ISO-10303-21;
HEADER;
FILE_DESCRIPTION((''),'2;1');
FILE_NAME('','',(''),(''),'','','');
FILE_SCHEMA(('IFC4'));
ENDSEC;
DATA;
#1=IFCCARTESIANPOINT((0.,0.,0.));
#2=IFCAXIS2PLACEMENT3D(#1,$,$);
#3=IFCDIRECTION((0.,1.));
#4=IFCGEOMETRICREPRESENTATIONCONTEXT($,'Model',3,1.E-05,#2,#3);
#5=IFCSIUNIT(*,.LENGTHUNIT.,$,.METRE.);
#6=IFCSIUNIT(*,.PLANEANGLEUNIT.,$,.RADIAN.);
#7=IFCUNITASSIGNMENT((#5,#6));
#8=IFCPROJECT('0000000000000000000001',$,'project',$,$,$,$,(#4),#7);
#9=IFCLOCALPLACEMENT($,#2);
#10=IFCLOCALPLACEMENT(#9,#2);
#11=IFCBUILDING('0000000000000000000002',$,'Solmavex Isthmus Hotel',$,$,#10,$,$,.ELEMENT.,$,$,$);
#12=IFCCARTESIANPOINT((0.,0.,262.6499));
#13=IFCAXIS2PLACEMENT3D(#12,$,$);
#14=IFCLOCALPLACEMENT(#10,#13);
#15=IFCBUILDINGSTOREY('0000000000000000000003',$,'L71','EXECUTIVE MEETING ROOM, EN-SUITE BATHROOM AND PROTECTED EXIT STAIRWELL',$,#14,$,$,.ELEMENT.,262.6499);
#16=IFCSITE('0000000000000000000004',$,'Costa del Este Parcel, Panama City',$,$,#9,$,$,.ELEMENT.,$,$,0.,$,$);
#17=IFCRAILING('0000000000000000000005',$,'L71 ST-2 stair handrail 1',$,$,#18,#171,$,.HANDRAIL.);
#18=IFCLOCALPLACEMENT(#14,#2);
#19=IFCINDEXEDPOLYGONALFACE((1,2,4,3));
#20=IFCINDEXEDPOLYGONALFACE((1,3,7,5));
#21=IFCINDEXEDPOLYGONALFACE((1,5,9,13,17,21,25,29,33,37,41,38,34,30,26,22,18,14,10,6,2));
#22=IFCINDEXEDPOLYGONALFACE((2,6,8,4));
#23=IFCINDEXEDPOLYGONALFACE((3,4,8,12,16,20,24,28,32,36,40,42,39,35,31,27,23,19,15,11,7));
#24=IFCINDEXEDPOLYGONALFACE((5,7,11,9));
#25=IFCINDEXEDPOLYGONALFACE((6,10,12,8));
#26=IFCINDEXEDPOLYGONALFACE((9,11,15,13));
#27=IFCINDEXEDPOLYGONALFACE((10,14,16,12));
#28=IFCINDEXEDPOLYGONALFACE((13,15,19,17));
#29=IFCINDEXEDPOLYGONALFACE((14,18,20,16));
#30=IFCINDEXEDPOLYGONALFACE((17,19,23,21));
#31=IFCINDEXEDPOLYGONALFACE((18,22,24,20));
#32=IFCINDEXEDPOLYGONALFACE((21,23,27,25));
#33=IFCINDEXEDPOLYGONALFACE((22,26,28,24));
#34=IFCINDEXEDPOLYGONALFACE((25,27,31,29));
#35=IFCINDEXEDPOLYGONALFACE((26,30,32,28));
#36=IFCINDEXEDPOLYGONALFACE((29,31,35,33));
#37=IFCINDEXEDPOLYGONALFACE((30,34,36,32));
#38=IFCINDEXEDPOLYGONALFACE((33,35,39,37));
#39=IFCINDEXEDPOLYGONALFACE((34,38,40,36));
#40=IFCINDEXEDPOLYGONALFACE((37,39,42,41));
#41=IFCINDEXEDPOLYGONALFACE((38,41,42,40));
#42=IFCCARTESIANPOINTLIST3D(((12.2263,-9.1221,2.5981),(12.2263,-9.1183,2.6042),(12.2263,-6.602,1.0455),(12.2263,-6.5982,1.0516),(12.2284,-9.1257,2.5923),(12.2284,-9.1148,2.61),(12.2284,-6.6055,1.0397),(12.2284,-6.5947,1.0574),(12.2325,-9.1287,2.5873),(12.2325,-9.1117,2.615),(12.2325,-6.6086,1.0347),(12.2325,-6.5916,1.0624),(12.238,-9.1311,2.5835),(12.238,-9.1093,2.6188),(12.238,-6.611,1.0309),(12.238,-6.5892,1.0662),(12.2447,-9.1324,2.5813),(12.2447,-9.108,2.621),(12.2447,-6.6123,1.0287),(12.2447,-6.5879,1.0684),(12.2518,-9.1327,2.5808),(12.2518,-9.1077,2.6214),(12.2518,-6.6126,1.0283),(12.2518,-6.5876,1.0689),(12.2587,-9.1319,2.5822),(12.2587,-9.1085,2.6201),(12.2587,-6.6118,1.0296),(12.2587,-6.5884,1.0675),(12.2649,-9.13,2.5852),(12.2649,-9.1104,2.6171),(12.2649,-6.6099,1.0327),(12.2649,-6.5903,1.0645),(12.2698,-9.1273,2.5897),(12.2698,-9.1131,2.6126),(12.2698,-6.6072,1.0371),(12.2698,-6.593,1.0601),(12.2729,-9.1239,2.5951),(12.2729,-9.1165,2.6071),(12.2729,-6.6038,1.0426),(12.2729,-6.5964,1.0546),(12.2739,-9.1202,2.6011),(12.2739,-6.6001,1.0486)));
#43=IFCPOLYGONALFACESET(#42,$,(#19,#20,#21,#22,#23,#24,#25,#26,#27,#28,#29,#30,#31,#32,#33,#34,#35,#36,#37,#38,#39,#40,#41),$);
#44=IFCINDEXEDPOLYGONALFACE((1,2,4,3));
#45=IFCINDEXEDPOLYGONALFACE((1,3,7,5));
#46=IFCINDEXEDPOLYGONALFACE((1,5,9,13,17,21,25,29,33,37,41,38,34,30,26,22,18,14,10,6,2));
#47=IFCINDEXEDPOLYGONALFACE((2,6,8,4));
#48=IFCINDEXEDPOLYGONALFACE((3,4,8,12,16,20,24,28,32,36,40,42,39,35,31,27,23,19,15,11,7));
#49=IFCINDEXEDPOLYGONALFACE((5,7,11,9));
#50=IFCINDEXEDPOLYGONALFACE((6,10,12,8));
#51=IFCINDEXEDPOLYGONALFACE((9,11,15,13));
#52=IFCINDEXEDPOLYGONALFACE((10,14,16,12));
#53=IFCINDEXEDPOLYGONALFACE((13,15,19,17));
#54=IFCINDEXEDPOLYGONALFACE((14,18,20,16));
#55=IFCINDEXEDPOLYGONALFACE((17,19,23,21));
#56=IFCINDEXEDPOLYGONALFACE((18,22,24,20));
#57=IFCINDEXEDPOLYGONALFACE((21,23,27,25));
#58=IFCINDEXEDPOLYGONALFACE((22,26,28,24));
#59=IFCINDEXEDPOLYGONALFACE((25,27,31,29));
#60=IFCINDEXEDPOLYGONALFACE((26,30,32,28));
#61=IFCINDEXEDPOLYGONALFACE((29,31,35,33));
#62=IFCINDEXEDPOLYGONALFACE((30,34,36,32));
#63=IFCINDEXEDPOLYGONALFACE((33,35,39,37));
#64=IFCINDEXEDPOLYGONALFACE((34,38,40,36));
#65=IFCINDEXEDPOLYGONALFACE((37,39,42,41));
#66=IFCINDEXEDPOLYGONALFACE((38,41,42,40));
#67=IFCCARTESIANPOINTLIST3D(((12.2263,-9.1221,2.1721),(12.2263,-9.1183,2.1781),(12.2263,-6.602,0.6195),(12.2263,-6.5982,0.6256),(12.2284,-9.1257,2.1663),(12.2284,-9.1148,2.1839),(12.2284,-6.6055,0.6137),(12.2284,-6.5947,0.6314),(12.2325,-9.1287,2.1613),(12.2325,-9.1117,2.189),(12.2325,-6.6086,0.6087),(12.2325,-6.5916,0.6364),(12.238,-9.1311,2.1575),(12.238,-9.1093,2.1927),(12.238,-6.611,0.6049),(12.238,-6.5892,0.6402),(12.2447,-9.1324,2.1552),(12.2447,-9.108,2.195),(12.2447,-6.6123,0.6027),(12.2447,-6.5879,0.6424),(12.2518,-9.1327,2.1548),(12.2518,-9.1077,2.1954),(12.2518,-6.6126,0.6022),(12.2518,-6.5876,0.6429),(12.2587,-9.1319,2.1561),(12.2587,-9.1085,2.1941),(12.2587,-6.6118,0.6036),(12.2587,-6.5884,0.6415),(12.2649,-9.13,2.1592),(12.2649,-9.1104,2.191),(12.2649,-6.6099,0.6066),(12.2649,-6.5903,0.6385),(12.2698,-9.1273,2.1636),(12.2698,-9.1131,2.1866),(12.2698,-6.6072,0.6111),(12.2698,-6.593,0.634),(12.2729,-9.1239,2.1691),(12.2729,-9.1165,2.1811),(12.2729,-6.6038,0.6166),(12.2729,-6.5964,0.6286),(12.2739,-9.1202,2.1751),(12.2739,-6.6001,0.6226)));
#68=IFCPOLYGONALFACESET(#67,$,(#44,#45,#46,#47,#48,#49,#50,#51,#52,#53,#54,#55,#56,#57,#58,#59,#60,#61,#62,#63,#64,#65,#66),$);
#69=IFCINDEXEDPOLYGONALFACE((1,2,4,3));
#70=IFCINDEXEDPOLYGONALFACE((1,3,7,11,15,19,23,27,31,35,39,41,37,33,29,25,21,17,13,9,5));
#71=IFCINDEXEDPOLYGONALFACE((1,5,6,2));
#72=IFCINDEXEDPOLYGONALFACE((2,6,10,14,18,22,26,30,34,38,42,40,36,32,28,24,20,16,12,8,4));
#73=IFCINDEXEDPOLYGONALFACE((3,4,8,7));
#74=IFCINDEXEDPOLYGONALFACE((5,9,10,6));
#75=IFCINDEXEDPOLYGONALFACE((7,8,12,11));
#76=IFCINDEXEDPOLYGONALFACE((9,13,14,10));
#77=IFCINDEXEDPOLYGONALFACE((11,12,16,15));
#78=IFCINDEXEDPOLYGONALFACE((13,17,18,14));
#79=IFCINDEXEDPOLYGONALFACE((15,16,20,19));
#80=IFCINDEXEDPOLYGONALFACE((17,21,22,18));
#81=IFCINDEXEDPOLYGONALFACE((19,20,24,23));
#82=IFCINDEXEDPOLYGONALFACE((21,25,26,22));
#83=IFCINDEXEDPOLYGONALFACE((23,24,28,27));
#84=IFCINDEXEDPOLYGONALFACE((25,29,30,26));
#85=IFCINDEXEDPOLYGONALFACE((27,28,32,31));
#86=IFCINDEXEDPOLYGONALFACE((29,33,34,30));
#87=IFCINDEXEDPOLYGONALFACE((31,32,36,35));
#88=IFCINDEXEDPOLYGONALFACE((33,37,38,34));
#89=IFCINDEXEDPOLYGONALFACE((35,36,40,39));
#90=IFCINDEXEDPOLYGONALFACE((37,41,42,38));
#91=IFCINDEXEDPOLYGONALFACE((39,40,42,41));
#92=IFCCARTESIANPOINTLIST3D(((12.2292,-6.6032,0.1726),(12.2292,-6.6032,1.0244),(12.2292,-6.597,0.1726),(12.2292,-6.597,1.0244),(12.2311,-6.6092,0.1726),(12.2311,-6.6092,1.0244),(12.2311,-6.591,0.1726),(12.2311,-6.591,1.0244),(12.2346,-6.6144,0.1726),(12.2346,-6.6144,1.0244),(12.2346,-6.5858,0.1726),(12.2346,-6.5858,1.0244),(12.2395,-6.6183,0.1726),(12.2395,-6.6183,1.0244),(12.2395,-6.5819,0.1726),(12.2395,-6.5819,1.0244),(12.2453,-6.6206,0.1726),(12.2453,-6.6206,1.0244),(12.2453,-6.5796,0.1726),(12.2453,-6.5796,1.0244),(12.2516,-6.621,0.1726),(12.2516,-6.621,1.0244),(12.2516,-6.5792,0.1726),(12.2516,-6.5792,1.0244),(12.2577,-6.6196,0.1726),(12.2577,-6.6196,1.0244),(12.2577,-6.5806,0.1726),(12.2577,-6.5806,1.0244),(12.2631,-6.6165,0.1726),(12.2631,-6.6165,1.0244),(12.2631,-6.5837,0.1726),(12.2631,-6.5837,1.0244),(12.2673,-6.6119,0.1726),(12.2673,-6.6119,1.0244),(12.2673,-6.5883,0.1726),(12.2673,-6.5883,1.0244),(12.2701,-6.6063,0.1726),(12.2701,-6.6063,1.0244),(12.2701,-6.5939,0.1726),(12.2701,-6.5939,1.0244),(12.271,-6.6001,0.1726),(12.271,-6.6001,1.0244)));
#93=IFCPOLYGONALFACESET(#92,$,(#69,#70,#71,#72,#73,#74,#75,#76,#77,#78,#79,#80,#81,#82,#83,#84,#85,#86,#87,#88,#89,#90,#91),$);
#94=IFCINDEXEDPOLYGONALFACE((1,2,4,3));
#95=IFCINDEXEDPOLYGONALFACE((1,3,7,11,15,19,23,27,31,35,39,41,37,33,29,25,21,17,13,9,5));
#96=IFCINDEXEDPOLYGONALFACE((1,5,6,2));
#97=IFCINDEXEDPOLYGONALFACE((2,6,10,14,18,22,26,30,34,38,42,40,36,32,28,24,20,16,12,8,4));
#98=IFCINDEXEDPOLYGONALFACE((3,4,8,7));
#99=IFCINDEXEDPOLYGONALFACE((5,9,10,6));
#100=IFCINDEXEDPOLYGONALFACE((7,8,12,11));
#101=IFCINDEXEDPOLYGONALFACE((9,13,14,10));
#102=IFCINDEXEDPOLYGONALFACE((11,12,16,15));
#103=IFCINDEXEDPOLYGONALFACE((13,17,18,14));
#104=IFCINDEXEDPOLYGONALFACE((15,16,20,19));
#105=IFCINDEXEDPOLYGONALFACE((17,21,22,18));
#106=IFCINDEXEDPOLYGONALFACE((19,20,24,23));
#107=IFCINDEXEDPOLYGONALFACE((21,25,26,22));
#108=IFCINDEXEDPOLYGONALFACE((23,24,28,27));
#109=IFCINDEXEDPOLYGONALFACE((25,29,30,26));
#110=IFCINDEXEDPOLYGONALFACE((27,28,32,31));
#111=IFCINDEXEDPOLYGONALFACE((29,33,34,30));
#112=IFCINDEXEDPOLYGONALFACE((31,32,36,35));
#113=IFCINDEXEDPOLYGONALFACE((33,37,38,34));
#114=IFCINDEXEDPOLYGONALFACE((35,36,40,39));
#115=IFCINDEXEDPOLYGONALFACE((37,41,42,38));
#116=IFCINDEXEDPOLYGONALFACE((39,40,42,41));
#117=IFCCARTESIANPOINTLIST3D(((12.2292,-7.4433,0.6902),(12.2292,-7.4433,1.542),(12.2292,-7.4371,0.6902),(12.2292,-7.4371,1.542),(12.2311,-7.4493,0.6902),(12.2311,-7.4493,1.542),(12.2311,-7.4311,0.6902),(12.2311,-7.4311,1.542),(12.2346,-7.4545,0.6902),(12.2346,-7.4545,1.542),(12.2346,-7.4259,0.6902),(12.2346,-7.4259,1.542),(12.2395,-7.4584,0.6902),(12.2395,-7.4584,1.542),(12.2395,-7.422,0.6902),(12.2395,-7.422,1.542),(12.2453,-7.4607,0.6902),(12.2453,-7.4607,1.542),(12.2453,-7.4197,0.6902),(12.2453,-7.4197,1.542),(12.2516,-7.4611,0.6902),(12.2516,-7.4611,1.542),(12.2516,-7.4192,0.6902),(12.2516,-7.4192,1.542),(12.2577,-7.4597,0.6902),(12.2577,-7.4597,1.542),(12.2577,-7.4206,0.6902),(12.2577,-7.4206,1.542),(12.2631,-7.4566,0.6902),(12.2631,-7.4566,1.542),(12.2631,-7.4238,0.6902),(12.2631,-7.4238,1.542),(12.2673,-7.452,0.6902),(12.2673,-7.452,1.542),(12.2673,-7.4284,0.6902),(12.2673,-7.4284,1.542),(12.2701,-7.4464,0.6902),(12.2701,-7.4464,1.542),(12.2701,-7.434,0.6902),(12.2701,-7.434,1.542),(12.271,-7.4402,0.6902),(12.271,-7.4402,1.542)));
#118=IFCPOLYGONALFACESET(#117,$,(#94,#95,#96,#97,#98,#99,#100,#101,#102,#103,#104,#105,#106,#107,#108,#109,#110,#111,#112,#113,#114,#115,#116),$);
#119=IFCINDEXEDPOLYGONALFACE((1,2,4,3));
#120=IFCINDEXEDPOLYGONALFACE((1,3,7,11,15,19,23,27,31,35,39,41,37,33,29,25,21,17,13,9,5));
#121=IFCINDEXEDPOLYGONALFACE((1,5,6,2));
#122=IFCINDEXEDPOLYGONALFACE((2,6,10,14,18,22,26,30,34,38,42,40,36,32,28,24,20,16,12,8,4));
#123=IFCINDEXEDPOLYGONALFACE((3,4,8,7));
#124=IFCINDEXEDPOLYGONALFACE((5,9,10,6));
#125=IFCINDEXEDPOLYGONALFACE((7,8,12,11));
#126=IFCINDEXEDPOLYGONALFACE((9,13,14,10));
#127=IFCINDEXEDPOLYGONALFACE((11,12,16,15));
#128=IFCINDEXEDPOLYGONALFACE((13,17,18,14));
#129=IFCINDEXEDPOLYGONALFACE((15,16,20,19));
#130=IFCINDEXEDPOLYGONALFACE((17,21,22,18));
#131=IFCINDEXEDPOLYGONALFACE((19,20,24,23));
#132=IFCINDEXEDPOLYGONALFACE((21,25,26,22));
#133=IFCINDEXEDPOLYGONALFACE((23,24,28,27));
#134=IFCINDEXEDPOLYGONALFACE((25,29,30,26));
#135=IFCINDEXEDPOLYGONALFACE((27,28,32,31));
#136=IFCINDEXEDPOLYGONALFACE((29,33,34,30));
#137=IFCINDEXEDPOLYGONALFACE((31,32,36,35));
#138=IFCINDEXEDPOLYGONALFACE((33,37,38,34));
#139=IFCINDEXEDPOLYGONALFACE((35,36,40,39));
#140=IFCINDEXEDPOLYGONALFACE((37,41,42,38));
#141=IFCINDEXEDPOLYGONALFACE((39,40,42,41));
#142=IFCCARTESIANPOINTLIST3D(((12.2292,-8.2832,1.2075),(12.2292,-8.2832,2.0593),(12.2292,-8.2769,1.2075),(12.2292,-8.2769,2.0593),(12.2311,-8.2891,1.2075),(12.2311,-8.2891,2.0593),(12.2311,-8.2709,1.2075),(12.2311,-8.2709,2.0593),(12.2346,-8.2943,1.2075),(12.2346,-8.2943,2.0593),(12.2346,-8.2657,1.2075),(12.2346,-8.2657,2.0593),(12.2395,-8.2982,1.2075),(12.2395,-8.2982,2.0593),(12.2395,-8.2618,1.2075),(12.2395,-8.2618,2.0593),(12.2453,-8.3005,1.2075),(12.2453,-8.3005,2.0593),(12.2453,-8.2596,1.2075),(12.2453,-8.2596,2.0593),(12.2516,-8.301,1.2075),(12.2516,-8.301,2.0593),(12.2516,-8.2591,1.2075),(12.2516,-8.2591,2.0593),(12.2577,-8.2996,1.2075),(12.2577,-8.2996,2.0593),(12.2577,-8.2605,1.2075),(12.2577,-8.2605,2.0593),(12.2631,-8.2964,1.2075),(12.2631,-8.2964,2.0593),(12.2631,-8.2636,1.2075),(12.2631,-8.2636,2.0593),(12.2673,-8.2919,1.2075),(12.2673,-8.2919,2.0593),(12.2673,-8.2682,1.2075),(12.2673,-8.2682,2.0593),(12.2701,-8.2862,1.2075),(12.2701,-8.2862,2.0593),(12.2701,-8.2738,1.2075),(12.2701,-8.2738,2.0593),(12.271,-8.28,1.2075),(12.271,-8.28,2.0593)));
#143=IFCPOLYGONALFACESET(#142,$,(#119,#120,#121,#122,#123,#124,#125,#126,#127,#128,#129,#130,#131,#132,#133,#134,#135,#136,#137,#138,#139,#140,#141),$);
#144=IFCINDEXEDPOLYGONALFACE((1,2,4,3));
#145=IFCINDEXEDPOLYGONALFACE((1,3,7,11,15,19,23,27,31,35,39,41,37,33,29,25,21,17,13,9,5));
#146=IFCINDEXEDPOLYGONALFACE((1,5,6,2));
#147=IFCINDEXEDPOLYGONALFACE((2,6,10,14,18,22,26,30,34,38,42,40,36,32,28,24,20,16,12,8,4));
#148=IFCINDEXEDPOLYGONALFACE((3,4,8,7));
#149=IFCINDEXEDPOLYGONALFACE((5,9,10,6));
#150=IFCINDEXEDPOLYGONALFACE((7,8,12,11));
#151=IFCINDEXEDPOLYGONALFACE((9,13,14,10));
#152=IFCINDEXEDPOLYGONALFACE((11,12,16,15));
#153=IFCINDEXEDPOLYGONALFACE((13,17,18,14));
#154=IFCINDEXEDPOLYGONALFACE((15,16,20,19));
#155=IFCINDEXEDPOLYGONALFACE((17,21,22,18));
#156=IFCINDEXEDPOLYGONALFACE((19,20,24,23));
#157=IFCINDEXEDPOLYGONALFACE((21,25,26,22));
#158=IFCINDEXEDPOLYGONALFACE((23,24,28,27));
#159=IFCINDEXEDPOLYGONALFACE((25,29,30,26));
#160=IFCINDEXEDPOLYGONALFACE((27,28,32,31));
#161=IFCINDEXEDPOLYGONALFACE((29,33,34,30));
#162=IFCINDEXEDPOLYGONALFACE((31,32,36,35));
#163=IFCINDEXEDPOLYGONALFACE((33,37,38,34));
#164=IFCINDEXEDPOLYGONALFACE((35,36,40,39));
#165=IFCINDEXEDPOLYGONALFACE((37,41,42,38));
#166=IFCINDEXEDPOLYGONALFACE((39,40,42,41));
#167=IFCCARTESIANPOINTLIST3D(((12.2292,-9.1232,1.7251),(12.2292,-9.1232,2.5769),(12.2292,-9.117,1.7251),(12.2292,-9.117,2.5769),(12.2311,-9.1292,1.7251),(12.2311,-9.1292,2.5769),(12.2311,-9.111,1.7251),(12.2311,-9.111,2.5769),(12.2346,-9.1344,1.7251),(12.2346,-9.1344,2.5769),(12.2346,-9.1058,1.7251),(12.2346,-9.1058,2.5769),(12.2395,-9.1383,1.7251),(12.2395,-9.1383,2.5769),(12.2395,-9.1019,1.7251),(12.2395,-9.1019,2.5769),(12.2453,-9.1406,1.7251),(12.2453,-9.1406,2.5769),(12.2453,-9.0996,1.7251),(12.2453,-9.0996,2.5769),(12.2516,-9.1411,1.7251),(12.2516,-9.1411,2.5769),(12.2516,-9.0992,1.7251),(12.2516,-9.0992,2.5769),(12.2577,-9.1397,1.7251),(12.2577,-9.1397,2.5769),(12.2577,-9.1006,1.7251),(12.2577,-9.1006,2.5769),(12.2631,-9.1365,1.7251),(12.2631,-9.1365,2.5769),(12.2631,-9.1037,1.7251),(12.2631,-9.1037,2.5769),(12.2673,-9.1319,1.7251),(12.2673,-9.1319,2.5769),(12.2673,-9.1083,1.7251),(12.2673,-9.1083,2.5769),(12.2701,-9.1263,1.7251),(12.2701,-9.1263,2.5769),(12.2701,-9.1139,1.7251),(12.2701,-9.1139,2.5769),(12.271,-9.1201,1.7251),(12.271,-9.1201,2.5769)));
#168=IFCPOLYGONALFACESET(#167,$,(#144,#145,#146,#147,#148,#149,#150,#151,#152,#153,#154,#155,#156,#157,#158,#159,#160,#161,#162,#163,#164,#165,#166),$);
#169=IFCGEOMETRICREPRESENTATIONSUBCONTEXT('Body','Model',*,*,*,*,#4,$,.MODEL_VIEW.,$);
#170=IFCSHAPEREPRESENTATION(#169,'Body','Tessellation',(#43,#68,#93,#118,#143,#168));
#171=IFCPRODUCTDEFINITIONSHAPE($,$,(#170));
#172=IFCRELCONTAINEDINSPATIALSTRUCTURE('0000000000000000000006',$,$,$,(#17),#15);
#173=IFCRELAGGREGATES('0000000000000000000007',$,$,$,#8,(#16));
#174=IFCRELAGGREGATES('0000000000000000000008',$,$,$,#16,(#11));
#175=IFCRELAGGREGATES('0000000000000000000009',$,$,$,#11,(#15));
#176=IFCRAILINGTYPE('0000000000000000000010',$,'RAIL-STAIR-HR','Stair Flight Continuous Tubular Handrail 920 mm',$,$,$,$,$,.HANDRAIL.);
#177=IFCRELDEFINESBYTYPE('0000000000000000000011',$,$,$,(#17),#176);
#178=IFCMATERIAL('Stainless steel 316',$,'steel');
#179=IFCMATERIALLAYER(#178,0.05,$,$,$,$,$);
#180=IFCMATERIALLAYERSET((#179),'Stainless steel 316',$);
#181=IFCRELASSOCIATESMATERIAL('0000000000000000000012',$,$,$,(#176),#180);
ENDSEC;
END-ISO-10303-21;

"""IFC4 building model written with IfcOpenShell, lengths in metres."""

from ifc_helpers import new_model, si_unit, direction, frame, origin, origin_2d, place, context, subcontext, project, spatial, circle, extrude, material, layer, layer_set, type_object, element, save


model = new_model("IFC4")

# Units and contexts
model_context = context("Model", 3, precision=1e-05, world=origin(), true_north=direction((0.0, 1.0)))
body_context = subcontext(model_context, "Body", "Model", "MODEL_VIEW")
ifc_project = project(units=[si_unit("LENGTHUNIT", "METRE"), si_unit("PLANEANGLEUNIT", "RADIAN")], contexts=[model_context])

# Site, building, storey
site_placement = place(None, origin())
site = spatial("IfcSite", under=ifc_project, at=site_placement, Name="Costa del Este Parcel, Panama City", CompositionType="ELEMENT", RefElevation=0.0)
building_placement = place(site_placement, origin())
building = spatial("IfcBuilding", under=site, at=building_placement, Name="Solmavex Isthmus Hotel", CompositionType="ELEMENT")
storey_placement = place(building_placement, frame((0.0, 0.0, 262.6499)))
storey = spatial("IfcBuildingStorey", under=building, at=storey_placement, Name="L71", Description="EXECUTIVE MEETING ROOM, EN-SUITE BATHROOM AND PROTECTED EXIT STAIRWELL", CompositionType="ELEMENT", Elevation=262.6499)

# Railing
ifc_material_1 = material(Name="Stainless steel 316", Category="steel")
ifc_layer_1 = layer(ifc_material_1, 0.05)
ifc_layer_set_1 = layer_set([ifc_layer_1], Name="Stainless steel 316")
railing_type_1 = type_object("IfcRailingType", Name="RAIL-STAIR-HR", Description="Stair Flight Continuous Tubular Handrail 920 mm", PredefinedType="HANDRAIL", material=ifc_layer_set_1)
railing_1_placement = place(storey_placement, frame((12.25, -6.6001, 0.1726)))
element("IfcRailing", 1, at=railing_1_placement, inside=storey, type_object=railing_type_1, Name="L71 ST-2 stair handrail 1", PredefinedType="HANDRAIL", context=body_context, shape_type="SweptSolid", body=[
    extrude(circle(Radius=0.0239, at=origin_2d()), frame((0.0, 0.0, 0.876), z_axis=(0.0, -0.8514, 0.524516), x_axis=(1.0, 0.0, 0.0)), (0.0, 0.0, 1.0), 2.96),
    extrude(circle(Radius=0.0239, at=origin_2d()), frame((0.0, 0.0, 0.45), z_axis=(0.0, -0.8514, 0.524516), x_axis=(1.0, 0.0, 0.0)), (0.0, 0.0, 1.0), 2.96),
    extrude(circle(Radius=0.021, at=origin_2d()), origin(), (0.0, 0.0, 1.0), 0.8518),
    extrude(circle(Radius=0.021, at=origin_2d()), frame((0.0, -0.8401, 0.5176)), (0.0, 0.0, 1.0), 0.8518),
    extrude(circle(Radius=0.021, at=origin_2d()), frame((0.0, -1.6799, 1.0349)), (0.0, 0.0, 1.0), 0.8518),
    extrude(circle(Radius=0.021, at=origin_2d()), frame((0.0, -2.52, 1.5525)), (0.0, 0.0, 1.0), 0.8518),
])

save(model, "model.ifc")
